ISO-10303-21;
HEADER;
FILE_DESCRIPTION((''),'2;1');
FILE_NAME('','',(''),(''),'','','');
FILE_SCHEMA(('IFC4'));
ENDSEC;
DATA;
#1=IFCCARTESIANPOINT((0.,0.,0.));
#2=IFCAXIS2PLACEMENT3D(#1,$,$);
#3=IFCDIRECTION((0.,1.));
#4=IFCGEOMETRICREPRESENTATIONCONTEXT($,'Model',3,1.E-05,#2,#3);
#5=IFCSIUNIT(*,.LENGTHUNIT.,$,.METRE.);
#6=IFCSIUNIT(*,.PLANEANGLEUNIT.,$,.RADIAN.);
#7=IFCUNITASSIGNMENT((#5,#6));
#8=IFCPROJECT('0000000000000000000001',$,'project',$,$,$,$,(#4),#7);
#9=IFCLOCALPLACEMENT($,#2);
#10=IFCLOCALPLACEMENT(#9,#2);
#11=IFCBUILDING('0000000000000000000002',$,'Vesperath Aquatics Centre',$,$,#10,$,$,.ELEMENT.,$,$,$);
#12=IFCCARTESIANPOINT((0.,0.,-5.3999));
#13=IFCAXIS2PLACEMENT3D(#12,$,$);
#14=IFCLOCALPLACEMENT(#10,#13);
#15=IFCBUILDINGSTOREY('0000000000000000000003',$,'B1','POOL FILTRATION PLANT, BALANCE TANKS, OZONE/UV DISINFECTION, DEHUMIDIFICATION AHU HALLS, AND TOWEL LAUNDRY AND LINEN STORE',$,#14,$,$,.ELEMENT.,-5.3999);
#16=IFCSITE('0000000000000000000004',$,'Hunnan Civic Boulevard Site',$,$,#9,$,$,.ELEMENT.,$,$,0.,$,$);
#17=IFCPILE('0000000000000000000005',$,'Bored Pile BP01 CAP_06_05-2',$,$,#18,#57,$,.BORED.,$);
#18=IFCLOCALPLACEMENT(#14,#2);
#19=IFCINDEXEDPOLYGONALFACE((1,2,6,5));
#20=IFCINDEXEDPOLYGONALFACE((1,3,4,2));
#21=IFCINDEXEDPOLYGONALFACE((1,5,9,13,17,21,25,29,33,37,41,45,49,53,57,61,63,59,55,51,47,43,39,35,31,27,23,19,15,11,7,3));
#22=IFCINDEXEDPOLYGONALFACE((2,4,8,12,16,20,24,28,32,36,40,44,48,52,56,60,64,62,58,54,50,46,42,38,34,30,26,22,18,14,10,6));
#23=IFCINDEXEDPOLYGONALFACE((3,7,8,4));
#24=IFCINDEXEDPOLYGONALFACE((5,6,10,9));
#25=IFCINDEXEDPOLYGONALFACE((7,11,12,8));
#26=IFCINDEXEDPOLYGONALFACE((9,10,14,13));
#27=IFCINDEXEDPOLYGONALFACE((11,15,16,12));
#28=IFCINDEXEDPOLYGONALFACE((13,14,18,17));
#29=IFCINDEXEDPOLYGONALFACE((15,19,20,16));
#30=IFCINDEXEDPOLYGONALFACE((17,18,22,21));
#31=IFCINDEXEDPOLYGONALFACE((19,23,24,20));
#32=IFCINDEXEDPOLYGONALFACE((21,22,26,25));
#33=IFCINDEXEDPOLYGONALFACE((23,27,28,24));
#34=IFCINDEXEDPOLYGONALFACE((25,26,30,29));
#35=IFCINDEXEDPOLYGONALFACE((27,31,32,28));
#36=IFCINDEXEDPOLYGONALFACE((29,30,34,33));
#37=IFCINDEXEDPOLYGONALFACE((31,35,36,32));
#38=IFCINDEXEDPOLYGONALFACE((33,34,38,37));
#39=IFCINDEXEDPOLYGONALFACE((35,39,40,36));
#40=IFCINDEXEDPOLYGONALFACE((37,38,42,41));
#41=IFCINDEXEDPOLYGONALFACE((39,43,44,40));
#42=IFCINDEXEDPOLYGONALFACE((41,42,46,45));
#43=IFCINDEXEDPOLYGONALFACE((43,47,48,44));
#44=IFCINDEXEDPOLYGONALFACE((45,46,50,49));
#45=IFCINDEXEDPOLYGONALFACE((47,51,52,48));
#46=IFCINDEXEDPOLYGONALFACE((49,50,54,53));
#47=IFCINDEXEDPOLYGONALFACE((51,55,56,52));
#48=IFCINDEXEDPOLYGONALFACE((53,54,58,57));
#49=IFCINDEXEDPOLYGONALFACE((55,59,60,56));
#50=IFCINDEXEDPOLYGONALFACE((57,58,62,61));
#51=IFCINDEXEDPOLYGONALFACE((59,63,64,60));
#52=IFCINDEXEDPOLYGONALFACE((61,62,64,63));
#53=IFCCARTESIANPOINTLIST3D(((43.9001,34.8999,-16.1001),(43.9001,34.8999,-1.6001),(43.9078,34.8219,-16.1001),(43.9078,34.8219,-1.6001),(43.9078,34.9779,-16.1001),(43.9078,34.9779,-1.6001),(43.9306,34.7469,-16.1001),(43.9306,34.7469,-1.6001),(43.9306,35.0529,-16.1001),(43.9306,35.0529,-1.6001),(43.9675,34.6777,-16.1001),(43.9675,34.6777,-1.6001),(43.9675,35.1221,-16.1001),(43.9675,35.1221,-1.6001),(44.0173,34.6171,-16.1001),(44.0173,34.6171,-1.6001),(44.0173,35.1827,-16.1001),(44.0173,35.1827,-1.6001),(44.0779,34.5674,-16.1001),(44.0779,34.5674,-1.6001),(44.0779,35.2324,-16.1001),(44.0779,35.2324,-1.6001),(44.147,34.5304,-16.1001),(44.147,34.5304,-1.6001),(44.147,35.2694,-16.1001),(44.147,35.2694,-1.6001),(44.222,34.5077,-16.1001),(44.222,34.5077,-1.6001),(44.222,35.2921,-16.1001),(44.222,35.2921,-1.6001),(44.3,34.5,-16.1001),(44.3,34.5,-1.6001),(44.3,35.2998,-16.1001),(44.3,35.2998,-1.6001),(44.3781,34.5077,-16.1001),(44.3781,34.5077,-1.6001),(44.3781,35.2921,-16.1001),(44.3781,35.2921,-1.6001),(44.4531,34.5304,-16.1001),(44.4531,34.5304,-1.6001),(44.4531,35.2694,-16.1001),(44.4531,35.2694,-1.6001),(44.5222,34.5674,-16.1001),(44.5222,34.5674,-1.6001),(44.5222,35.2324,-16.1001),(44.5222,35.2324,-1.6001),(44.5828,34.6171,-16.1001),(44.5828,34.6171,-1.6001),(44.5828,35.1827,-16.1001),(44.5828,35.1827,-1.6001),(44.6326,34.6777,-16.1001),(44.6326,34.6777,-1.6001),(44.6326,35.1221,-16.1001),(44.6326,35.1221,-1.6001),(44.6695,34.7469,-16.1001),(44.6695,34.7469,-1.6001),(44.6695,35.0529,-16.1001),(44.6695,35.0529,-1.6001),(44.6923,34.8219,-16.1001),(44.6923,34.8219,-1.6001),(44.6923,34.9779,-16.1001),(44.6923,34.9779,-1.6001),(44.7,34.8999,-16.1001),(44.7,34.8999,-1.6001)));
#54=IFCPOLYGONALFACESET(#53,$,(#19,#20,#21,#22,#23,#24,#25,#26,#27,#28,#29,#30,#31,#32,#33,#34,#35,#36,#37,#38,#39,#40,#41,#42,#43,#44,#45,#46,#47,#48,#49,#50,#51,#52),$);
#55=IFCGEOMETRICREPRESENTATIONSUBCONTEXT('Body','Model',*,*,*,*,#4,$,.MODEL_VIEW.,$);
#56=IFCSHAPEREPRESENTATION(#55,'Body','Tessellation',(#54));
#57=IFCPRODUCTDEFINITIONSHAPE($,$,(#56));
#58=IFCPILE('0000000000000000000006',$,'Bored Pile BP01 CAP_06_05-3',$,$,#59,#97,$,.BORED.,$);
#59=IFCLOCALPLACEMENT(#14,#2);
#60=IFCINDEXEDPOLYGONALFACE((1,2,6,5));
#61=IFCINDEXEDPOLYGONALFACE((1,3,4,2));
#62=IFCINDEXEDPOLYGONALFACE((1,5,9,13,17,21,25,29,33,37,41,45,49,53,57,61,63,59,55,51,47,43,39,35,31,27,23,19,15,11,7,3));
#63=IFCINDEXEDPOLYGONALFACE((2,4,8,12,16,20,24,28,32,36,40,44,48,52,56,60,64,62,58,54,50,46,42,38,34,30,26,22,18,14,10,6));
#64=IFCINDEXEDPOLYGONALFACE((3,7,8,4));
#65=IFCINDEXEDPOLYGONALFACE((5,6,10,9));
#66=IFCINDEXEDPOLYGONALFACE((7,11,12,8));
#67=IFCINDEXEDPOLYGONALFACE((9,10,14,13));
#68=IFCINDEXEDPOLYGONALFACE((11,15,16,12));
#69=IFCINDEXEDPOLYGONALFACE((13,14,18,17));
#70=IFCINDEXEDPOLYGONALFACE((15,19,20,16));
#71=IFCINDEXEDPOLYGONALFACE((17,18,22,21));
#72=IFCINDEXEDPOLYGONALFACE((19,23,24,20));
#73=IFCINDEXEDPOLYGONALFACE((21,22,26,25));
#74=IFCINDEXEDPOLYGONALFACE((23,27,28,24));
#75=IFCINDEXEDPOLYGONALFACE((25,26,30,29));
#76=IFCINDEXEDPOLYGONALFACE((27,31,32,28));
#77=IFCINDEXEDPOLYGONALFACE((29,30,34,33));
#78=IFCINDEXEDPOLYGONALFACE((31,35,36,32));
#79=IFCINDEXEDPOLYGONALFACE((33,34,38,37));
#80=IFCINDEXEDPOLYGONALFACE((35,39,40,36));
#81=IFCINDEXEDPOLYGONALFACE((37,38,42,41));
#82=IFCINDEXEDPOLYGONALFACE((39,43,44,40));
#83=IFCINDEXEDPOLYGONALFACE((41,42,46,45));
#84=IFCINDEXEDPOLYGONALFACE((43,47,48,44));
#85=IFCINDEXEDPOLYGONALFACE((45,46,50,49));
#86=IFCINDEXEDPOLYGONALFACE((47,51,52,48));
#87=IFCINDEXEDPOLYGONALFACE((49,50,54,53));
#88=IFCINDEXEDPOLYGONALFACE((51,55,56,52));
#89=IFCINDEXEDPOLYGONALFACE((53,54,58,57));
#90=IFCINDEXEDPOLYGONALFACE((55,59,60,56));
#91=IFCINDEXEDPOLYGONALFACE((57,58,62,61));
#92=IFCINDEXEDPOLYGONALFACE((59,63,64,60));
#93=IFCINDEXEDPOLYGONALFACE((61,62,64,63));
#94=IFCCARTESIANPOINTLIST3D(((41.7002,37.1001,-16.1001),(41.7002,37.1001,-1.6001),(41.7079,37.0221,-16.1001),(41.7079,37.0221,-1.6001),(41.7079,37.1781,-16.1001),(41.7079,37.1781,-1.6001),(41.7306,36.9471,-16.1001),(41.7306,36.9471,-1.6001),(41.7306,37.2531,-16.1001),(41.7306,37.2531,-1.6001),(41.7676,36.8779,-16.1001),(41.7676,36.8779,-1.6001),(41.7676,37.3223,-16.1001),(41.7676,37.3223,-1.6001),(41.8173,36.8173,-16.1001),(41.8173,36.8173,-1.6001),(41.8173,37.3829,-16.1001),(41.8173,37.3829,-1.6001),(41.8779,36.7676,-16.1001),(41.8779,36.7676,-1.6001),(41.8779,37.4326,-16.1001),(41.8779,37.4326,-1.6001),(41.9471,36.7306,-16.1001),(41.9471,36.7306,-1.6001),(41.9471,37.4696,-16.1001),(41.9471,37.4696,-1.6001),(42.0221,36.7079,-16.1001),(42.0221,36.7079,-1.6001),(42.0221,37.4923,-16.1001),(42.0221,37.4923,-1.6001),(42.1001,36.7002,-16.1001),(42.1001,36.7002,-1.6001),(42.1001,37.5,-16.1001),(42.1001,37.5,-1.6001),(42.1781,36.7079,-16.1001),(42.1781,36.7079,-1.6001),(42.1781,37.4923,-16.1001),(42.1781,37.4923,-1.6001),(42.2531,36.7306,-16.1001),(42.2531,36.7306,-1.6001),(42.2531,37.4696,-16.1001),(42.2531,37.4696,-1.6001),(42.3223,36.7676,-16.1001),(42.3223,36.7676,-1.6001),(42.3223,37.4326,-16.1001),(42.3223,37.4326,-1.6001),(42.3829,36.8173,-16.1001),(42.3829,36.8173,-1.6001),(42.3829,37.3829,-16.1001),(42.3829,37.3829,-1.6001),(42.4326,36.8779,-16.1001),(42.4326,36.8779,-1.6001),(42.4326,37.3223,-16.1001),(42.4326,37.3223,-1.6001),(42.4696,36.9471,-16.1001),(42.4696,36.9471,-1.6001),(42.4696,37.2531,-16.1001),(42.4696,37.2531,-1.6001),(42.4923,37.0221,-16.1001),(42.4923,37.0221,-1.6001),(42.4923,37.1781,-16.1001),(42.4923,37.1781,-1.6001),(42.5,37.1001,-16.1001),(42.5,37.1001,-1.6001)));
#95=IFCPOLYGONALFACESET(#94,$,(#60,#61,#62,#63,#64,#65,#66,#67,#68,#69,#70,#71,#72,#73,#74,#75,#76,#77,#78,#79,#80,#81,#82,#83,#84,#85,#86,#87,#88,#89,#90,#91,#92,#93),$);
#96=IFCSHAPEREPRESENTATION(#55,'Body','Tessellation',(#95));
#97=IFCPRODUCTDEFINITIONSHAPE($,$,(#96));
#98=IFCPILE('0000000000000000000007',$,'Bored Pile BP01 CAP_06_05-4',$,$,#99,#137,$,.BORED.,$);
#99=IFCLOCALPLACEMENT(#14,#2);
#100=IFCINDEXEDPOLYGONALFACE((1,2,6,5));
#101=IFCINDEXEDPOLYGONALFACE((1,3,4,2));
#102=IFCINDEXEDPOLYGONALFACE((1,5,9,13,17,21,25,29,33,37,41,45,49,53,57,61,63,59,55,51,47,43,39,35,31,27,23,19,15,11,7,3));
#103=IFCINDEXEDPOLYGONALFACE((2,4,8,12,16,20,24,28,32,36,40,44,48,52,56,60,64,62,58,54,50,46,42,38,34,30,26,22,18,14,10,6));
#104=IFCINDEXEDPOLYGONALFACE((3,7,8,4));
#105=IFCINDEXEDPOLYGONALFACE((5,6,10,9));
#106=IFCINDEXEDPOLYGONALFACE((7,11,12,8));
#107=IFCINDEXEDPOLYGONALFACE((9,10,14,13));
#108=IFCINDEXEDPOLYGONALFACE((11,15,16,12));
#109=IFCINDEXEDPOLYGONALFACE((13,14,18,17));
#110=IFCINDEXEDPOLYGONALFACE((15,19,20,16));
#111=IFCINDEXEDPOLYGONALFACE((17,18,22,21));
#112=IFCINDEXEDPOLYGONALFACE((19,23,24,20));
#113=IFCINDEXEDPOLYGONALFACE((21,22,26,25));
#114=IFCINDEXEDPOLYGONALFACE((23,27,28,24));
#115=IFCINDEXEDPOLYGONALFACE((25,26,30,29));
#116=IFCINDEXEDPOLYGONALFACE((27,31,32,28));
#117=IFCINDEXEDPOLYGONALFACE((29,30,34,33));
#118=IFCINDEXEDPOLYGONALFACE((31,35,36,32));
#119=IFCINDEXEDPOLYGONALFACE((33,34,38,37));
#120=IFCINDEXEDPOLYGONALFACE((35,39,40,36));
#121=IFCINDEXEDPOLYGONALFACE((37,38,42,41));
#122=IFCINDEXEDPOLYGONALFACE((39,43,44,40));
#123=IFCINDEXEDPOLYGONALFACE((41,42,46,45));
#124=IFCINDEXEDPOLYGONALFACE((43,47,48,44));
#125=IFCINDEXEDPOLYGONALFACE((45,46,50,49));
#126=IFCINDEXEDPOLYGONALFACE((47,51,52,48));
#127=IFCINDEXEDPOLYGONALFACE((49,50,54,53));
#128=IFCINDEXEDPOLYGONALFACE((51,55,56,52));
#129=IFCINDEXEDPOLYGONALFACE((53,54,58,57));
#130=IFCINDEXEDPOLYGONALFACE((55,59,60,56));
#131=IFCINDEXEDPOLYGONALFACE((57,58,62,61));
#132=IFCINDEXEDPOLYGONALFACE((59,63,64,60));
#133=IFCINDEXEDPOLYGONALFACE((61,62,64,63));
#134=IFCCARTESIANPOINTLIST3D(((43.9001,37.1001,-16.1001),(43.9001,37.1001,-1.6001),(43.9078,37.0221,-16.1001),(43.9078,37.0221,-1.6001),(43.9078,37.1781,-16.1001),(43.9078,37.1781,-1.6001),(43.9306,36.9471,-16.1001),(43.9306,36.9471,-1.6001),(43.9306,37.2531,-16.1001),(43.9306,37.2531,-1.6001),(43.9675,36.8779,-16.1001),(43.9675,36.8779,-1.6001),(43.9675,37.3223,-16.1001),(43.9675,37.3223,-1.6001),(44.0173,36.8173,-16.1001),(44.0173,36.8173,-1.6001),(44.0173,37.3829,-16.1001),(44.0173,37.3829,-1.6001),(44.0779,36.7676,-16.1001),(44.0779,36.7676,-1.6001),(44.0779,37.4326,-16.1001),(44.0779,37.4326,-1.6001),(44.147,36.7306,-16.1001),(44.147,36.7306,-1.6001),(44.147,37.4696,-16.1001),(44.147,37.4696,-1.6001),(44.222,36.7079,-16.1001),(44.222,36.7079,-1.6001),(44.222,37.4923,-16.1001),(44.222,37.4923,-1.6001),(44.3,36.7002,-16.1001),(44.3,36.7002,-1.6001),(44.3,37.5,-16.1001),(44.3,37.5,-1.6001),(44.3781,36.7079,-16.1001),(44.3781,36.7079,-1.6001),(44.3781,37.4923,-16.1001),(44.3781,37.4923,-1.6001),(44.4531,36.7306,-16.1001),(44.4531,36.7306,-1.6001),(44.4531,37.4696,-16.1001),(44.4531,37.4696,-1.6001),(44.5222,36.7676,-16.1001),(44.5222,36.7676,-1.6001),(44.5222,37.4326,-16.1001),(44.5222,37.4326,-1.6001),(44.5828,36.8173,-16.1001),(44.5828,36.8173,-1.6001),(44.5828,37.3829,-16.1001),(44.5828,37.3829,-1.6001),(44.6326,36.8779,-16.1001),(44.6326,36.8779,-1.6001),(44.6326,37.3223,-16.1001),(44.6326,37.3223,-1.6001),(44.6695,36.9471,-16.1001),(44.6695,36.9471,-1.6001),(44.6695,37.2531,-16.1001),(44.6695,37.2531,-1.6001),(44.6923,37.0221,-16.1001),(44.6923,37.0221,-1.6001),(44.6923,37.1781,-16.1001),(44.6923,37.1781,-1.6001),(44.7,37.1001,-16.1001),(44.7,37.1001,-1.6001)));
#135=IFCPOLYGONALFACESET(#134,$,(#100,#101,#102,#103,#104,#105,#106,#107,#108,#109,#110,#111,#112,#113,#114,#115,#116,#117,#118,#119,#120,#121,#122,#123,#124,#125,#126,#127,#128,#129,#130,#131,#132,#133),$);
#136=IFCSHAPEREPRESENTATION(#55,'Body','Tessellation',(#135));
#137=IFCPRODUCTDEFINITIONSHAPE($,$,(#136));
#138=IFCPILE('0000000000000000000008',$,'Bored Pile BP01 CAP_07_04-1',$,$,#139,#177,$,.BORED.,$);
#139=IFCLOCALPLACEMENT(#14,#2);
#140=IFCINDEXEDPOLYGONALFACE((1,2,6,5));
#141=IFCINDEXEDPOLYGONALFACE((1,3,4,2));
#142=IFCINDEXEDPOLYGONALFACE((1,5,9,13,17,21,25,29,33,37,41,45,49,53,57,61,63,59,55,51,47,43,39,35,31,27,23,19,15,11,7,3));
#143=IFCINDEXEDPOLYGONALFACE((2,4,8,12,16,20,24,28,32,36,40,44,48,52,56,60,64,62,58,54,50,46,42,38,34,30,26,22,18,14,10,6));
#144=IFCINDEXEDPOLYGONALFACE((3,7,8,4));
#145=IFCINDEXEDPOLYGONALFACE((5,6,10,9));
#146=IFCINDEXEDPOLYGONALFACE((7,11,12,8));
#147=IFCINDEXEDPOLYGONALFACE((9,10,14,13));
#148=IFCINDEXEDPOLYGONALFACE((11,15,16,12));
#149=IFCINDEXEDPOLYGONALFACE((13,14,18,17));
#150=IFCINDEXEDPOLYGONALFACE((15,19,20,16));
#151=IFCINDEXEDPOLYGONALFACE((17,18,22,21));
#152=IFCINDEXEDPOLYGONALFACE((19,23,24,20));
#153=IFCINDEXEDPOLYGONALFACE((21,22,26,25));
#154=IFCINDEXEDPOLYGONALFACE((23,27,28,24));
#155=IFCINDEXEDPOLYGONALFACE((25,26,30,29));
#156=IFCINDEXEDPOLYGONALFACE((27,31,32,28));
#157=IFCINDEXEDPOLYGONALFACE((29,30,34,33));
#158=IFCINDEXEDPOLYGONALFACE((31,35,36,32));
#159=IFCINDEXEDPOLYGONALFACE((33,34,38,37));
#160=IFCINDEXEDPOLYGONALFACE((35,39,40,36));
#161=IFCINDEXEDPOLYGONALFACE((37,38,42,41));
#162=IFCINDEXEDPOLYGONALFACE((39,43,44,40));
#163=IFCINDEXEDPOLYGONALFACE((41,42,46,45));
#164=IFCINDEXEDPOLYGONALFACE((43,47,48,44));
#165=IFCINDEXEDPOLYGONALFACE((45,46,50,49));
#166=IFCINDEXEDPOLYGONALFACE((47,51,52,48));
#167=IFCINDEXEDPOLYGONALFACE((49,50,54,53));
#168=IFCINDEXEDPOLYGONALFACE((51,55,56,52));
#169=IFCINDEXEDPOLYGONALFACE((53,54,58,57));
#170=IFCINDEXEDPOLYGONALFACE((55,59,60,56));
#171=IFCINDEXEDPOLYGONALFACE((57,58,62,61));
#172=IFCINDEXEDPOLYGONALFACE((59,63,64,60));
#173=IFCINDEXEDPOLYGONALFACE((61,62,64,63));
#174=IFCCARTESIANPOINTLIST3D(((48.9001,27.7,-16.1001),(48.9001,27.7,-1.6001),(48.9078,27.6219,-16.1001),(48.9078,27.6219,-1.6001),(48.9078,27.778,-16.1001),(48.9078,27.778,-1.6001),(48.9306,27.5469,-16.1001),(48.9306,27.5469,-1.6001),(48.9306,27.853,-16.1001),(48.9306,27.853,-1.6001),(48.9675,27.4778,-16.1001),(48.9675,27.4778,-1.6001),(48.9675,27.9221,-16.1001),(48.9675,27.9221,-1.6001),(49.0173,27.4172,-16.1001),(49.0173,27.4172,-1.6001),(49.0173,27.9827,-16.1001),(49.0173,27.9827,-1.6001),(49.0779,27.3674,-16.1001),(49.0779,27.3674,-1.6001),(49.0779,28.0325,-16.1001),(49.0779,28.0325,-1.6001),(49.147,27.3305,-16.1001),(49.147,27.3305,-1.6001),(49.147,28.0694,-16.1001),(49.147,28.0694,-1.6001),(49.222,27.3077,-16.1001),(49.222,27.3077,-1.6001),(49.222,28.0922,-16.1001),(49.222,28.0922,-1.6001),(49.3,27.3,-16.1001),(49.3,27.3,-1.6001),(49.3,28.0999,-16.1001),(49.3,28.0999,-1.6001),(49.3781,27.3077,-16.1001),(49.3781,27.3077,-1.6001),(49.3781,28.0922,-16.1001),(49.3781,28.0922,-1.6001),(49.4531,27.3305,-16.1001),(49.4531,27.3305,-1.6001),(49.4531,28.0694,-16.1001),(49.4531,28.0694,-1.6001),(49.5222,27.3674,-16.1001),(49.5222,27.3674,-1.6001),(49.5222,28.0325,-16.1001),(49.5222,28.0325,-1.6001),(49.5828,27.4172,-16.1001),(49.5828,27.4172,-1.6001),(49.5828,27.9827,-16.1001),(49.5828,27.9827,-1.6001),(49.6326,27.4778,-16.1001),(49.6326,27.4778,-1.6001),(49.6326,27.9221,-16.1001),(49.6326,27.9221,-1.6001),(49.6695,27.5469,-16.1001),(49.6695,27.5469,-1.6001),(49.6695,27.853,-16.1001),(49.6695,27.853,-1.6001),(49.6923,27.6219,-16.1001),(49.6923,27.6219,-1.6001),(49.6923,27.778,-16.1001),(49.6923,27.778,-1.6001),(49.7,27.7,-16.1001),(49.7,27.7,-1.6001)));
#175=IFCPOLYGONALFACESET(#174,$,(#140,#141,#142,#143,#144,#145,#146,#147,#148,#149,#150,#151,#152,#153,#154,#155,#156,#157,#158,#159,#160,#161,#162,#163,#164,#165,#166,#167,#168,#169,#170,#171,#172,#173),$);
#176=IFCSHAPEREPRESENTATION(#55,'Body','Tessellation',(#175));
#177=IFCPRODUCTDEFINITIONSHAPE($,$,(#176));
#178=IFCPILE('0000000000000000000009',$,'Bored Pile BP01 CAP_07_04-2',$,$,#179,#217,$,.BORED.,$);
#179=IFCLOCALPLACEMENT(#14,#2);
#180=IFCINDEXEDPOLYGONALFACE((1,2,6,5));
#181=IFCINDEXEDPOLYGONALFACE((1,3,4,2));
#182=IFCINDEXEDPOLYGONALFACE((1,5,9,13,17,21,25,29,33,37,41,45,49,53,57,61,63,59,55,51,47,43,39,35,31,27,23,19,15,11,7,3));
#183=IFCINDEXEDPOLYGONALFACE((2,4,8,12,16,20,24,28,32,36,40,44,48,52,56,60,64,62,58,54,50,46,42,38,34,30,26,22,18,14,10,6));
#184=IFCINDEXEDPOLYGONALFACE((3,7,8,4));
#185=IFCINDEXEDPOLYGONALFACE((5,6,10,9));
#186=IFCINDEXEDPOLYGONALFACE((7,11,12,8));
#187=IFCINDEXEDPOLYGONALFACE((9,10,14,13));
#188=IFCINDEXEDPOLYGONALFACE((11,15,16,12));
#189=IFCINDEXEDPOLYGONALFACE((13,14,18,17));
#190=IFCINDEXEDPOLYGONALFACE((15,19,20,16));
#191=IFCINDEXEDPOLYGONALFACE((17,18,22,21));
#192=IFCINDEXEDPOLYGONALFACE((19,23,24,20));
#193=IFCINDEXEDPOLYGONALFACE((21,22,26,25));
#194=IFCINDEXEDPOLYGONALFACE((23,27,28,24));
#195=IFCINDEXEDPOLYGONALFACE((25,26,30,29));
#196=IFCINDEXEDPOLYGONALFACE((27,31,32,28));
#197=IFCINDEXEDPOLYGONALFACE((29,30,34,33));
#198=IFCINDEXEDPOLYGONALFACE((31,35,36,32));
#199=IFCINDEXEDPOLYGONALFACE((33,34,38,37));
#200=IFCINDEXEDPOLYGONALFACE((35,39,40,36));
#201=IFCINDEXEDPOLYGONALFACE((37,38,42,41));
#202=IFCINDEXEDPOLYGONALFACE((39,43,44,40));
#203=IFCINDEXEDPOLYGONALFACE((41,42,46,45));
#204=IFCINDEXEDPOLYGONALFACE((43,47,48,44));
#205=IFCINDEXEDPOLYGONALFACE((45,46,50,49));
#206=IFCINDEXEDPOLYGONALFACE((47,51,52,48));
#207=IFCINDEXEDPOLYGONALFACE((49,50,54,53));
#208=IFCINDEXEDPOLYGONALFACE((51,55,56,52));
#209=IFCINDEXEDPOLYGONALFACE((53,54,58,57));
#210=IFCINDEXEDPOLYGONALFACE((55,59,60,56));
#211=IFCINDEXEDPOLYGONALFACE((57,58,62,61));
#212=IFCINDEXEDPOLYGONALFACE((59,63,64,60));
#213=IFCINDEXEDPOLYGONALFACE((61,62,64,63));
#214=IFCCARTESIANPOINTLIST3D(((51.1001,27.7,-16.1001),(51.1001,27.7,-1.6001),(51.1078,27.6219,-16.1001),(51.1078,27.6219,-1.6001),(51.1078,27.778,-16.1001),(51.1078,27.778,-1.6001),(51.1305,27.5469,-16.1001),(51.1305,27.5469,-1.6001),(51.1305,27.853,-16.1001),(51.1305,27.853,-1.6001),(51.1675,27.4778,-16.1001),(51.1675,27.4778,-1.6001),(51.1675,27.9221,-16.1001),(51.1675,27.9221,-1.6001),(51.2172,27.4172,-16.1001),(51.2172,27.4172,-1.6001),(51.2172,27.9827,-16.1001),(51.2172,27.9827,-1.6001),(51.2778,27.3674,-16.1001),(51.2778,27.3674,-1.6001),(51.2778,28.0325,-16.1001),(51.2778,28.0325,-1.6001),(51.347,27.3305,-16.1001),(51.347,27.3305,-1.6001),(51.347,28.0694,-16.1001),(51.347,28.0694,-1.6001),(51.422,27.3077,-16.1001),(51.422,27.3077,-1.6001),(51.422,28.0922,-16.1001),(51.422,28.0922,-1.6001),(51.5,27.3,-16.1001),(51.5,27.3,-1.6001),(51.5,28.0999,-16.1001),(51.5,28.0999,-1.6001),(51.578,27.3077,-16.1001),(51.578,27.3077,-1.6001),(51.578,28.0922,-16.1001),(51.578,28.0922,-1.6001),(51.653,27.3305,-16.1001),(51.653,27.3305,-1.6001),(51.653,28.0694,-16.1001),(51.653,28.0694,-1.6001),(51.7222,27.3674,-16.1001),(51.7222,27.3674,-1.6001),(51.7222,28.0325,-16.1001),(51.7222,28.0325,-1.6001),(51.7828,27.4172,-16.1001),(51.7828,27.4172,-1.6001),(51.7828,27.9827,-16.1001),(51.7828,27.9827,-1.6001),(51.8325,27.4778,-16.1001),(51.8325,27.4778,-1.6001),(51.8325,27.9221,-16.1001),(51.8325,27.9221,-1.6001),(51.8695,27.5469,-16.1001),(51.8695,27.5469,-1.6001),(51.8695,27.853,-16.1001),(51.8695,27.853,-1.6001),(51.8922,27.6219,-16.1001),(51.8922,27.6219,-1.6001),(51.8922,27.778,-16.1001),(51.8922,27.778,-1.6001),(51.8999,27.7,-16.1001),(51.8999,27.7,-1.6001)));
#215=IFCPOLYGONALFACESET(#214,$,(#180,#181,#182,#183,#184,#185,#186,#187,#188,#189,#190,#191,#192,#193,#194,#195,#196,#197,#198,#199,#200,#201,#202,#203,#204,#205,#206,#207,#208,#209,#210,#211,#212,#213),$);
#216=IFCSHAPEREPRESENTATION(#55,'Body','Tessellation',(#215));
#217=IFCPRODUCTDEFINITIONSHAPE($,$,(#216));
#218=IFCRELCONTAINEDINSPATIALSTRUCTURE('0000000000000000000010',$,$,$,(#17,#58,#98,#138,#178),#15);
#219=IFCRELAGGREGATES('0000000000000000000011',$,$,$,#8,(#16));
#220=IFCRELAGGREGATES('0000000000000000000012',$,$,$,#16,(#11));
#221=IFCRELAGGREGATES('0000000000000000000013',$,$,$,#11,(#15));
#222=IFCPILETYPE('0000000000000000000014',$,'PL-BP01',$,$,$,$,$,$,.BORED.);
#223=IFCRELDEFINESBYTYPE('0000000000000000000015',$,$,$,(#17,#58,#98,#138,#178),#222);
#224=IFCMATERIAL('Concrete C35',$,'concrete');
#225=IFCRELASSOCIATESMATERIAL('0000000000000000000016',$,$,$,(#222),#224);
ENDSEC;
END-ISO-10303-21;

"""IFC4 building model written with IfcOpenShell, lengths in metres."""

from ifc_helpers import new_model, si_unit, direction, frame, origin, origin_2d, place, context, subcontext, project, spatial, circle, extrude, material, material_profile, profile_set, type_object, element, save


model = new_model("IFC4")

# Units and contexts
model_context = context("Model", 3, precision=1e-05, world=origin(), true_north=direction((0.0, 1.0)))
body_context = subcontext(model_context, "Body", "Model", "MODEL_VIEW")
ifc_project = project(units=[si_unit("LENGTHUNIT", "METRE"), si_unit("PLANEANGLEUNIT", "RADIAN")], contexts=[model_context])

# Site, building, storey
site_placement = place(None, origin())
site = spatial("IfcSite", under=ifc_project, at=site_placement, Name="Hunnan Civic Boulevard Site", CompositionType="ELEMENT", RefElevation=0.0)
building_placement = place(site_placement, origin())
building = spatial("IfcBuilding", under=site, at=building_placement, Name="Vesperath Aquatics Centre", CompositionType="ELEMENT")
storey_placement = place(building_placement, frame((0.0, 0.0, -5.3999)))
storey = spatial("IfcBuildingStorey", under=building, at=storey_placement, Name="B1", Description="POOL FILTRATION PLANT, BALANCE TANKS, OZONE/UV DISINFECTION, DEHUMIDIFICATION AHU HALLS, AND TOWEL LAUNDRY AND LINEN STORE", CompositionType="ELEMENT", Elevation=-5.3999)

# Piles
ifc_material_1 = material(Name="Concrete C35", Category="concrete")
ifc_material_profile_1 = material_profile(ifc_material_1, circle(Radius=0.3999, at=origin_2d()), Name="PILE D800")
ifc_profile_set_1 = profile_set([ifc_material_profile_1], Name="Concrete C35")
pile_type = type_object("IfcPileType", Name="PL-BP01", PredefinedType="BORED", material=ifc_profile_set_1)
for number, where, z_axis, x_axis, name in (
    (1, (44.3, 34.8999, -1.6001), (0.0, 0.0, -1.0), (1.0, 0.0, 0.0), "Bored Pile BP01 CAP_06_05-2"),
    (2, (42.1001, 37.1001, -1.6001), (0.0, 0.0, -1.0), (1.0, 0.0, 0.0), "Bored Pile BP01 CAP_06_05-3"),
    (3, (44.3, 37.1001, -1.6001), (0.0, 0.0, -1.0), (1.0, 0.0, 0.0), "Bored Pile BP01 CAP_06_05-4"),
    (4, (49.3, 27.7, -1.6001), (0.0, 0.0, -1.0), (1.0, 0.0, 0.0), "Bored Pile BP01 CAP_07_04-1"),
    (5, (51.5, 27.7, -1.6001), (0.0, 0.0, -1.0), (1.0, 0.0, 0.0), "Bored Pile BP01 CAP_07_04-2"),
):
    element("IfcPile", number, at=place(storey_placement, frame(where, z_axis=z_axis, x_axis=x_axis)), inside=storey, type_object=pile_type, Name=name, PredefinedType="BORED", context=body_context, shape_type="SweptSolid", body=[
        extrude(circle(Radius=0.3999, at=origin_2d()), origin(), (0.0, 0.0, 1.0), 14.5),
    ])

save(model, "model.ifc")
